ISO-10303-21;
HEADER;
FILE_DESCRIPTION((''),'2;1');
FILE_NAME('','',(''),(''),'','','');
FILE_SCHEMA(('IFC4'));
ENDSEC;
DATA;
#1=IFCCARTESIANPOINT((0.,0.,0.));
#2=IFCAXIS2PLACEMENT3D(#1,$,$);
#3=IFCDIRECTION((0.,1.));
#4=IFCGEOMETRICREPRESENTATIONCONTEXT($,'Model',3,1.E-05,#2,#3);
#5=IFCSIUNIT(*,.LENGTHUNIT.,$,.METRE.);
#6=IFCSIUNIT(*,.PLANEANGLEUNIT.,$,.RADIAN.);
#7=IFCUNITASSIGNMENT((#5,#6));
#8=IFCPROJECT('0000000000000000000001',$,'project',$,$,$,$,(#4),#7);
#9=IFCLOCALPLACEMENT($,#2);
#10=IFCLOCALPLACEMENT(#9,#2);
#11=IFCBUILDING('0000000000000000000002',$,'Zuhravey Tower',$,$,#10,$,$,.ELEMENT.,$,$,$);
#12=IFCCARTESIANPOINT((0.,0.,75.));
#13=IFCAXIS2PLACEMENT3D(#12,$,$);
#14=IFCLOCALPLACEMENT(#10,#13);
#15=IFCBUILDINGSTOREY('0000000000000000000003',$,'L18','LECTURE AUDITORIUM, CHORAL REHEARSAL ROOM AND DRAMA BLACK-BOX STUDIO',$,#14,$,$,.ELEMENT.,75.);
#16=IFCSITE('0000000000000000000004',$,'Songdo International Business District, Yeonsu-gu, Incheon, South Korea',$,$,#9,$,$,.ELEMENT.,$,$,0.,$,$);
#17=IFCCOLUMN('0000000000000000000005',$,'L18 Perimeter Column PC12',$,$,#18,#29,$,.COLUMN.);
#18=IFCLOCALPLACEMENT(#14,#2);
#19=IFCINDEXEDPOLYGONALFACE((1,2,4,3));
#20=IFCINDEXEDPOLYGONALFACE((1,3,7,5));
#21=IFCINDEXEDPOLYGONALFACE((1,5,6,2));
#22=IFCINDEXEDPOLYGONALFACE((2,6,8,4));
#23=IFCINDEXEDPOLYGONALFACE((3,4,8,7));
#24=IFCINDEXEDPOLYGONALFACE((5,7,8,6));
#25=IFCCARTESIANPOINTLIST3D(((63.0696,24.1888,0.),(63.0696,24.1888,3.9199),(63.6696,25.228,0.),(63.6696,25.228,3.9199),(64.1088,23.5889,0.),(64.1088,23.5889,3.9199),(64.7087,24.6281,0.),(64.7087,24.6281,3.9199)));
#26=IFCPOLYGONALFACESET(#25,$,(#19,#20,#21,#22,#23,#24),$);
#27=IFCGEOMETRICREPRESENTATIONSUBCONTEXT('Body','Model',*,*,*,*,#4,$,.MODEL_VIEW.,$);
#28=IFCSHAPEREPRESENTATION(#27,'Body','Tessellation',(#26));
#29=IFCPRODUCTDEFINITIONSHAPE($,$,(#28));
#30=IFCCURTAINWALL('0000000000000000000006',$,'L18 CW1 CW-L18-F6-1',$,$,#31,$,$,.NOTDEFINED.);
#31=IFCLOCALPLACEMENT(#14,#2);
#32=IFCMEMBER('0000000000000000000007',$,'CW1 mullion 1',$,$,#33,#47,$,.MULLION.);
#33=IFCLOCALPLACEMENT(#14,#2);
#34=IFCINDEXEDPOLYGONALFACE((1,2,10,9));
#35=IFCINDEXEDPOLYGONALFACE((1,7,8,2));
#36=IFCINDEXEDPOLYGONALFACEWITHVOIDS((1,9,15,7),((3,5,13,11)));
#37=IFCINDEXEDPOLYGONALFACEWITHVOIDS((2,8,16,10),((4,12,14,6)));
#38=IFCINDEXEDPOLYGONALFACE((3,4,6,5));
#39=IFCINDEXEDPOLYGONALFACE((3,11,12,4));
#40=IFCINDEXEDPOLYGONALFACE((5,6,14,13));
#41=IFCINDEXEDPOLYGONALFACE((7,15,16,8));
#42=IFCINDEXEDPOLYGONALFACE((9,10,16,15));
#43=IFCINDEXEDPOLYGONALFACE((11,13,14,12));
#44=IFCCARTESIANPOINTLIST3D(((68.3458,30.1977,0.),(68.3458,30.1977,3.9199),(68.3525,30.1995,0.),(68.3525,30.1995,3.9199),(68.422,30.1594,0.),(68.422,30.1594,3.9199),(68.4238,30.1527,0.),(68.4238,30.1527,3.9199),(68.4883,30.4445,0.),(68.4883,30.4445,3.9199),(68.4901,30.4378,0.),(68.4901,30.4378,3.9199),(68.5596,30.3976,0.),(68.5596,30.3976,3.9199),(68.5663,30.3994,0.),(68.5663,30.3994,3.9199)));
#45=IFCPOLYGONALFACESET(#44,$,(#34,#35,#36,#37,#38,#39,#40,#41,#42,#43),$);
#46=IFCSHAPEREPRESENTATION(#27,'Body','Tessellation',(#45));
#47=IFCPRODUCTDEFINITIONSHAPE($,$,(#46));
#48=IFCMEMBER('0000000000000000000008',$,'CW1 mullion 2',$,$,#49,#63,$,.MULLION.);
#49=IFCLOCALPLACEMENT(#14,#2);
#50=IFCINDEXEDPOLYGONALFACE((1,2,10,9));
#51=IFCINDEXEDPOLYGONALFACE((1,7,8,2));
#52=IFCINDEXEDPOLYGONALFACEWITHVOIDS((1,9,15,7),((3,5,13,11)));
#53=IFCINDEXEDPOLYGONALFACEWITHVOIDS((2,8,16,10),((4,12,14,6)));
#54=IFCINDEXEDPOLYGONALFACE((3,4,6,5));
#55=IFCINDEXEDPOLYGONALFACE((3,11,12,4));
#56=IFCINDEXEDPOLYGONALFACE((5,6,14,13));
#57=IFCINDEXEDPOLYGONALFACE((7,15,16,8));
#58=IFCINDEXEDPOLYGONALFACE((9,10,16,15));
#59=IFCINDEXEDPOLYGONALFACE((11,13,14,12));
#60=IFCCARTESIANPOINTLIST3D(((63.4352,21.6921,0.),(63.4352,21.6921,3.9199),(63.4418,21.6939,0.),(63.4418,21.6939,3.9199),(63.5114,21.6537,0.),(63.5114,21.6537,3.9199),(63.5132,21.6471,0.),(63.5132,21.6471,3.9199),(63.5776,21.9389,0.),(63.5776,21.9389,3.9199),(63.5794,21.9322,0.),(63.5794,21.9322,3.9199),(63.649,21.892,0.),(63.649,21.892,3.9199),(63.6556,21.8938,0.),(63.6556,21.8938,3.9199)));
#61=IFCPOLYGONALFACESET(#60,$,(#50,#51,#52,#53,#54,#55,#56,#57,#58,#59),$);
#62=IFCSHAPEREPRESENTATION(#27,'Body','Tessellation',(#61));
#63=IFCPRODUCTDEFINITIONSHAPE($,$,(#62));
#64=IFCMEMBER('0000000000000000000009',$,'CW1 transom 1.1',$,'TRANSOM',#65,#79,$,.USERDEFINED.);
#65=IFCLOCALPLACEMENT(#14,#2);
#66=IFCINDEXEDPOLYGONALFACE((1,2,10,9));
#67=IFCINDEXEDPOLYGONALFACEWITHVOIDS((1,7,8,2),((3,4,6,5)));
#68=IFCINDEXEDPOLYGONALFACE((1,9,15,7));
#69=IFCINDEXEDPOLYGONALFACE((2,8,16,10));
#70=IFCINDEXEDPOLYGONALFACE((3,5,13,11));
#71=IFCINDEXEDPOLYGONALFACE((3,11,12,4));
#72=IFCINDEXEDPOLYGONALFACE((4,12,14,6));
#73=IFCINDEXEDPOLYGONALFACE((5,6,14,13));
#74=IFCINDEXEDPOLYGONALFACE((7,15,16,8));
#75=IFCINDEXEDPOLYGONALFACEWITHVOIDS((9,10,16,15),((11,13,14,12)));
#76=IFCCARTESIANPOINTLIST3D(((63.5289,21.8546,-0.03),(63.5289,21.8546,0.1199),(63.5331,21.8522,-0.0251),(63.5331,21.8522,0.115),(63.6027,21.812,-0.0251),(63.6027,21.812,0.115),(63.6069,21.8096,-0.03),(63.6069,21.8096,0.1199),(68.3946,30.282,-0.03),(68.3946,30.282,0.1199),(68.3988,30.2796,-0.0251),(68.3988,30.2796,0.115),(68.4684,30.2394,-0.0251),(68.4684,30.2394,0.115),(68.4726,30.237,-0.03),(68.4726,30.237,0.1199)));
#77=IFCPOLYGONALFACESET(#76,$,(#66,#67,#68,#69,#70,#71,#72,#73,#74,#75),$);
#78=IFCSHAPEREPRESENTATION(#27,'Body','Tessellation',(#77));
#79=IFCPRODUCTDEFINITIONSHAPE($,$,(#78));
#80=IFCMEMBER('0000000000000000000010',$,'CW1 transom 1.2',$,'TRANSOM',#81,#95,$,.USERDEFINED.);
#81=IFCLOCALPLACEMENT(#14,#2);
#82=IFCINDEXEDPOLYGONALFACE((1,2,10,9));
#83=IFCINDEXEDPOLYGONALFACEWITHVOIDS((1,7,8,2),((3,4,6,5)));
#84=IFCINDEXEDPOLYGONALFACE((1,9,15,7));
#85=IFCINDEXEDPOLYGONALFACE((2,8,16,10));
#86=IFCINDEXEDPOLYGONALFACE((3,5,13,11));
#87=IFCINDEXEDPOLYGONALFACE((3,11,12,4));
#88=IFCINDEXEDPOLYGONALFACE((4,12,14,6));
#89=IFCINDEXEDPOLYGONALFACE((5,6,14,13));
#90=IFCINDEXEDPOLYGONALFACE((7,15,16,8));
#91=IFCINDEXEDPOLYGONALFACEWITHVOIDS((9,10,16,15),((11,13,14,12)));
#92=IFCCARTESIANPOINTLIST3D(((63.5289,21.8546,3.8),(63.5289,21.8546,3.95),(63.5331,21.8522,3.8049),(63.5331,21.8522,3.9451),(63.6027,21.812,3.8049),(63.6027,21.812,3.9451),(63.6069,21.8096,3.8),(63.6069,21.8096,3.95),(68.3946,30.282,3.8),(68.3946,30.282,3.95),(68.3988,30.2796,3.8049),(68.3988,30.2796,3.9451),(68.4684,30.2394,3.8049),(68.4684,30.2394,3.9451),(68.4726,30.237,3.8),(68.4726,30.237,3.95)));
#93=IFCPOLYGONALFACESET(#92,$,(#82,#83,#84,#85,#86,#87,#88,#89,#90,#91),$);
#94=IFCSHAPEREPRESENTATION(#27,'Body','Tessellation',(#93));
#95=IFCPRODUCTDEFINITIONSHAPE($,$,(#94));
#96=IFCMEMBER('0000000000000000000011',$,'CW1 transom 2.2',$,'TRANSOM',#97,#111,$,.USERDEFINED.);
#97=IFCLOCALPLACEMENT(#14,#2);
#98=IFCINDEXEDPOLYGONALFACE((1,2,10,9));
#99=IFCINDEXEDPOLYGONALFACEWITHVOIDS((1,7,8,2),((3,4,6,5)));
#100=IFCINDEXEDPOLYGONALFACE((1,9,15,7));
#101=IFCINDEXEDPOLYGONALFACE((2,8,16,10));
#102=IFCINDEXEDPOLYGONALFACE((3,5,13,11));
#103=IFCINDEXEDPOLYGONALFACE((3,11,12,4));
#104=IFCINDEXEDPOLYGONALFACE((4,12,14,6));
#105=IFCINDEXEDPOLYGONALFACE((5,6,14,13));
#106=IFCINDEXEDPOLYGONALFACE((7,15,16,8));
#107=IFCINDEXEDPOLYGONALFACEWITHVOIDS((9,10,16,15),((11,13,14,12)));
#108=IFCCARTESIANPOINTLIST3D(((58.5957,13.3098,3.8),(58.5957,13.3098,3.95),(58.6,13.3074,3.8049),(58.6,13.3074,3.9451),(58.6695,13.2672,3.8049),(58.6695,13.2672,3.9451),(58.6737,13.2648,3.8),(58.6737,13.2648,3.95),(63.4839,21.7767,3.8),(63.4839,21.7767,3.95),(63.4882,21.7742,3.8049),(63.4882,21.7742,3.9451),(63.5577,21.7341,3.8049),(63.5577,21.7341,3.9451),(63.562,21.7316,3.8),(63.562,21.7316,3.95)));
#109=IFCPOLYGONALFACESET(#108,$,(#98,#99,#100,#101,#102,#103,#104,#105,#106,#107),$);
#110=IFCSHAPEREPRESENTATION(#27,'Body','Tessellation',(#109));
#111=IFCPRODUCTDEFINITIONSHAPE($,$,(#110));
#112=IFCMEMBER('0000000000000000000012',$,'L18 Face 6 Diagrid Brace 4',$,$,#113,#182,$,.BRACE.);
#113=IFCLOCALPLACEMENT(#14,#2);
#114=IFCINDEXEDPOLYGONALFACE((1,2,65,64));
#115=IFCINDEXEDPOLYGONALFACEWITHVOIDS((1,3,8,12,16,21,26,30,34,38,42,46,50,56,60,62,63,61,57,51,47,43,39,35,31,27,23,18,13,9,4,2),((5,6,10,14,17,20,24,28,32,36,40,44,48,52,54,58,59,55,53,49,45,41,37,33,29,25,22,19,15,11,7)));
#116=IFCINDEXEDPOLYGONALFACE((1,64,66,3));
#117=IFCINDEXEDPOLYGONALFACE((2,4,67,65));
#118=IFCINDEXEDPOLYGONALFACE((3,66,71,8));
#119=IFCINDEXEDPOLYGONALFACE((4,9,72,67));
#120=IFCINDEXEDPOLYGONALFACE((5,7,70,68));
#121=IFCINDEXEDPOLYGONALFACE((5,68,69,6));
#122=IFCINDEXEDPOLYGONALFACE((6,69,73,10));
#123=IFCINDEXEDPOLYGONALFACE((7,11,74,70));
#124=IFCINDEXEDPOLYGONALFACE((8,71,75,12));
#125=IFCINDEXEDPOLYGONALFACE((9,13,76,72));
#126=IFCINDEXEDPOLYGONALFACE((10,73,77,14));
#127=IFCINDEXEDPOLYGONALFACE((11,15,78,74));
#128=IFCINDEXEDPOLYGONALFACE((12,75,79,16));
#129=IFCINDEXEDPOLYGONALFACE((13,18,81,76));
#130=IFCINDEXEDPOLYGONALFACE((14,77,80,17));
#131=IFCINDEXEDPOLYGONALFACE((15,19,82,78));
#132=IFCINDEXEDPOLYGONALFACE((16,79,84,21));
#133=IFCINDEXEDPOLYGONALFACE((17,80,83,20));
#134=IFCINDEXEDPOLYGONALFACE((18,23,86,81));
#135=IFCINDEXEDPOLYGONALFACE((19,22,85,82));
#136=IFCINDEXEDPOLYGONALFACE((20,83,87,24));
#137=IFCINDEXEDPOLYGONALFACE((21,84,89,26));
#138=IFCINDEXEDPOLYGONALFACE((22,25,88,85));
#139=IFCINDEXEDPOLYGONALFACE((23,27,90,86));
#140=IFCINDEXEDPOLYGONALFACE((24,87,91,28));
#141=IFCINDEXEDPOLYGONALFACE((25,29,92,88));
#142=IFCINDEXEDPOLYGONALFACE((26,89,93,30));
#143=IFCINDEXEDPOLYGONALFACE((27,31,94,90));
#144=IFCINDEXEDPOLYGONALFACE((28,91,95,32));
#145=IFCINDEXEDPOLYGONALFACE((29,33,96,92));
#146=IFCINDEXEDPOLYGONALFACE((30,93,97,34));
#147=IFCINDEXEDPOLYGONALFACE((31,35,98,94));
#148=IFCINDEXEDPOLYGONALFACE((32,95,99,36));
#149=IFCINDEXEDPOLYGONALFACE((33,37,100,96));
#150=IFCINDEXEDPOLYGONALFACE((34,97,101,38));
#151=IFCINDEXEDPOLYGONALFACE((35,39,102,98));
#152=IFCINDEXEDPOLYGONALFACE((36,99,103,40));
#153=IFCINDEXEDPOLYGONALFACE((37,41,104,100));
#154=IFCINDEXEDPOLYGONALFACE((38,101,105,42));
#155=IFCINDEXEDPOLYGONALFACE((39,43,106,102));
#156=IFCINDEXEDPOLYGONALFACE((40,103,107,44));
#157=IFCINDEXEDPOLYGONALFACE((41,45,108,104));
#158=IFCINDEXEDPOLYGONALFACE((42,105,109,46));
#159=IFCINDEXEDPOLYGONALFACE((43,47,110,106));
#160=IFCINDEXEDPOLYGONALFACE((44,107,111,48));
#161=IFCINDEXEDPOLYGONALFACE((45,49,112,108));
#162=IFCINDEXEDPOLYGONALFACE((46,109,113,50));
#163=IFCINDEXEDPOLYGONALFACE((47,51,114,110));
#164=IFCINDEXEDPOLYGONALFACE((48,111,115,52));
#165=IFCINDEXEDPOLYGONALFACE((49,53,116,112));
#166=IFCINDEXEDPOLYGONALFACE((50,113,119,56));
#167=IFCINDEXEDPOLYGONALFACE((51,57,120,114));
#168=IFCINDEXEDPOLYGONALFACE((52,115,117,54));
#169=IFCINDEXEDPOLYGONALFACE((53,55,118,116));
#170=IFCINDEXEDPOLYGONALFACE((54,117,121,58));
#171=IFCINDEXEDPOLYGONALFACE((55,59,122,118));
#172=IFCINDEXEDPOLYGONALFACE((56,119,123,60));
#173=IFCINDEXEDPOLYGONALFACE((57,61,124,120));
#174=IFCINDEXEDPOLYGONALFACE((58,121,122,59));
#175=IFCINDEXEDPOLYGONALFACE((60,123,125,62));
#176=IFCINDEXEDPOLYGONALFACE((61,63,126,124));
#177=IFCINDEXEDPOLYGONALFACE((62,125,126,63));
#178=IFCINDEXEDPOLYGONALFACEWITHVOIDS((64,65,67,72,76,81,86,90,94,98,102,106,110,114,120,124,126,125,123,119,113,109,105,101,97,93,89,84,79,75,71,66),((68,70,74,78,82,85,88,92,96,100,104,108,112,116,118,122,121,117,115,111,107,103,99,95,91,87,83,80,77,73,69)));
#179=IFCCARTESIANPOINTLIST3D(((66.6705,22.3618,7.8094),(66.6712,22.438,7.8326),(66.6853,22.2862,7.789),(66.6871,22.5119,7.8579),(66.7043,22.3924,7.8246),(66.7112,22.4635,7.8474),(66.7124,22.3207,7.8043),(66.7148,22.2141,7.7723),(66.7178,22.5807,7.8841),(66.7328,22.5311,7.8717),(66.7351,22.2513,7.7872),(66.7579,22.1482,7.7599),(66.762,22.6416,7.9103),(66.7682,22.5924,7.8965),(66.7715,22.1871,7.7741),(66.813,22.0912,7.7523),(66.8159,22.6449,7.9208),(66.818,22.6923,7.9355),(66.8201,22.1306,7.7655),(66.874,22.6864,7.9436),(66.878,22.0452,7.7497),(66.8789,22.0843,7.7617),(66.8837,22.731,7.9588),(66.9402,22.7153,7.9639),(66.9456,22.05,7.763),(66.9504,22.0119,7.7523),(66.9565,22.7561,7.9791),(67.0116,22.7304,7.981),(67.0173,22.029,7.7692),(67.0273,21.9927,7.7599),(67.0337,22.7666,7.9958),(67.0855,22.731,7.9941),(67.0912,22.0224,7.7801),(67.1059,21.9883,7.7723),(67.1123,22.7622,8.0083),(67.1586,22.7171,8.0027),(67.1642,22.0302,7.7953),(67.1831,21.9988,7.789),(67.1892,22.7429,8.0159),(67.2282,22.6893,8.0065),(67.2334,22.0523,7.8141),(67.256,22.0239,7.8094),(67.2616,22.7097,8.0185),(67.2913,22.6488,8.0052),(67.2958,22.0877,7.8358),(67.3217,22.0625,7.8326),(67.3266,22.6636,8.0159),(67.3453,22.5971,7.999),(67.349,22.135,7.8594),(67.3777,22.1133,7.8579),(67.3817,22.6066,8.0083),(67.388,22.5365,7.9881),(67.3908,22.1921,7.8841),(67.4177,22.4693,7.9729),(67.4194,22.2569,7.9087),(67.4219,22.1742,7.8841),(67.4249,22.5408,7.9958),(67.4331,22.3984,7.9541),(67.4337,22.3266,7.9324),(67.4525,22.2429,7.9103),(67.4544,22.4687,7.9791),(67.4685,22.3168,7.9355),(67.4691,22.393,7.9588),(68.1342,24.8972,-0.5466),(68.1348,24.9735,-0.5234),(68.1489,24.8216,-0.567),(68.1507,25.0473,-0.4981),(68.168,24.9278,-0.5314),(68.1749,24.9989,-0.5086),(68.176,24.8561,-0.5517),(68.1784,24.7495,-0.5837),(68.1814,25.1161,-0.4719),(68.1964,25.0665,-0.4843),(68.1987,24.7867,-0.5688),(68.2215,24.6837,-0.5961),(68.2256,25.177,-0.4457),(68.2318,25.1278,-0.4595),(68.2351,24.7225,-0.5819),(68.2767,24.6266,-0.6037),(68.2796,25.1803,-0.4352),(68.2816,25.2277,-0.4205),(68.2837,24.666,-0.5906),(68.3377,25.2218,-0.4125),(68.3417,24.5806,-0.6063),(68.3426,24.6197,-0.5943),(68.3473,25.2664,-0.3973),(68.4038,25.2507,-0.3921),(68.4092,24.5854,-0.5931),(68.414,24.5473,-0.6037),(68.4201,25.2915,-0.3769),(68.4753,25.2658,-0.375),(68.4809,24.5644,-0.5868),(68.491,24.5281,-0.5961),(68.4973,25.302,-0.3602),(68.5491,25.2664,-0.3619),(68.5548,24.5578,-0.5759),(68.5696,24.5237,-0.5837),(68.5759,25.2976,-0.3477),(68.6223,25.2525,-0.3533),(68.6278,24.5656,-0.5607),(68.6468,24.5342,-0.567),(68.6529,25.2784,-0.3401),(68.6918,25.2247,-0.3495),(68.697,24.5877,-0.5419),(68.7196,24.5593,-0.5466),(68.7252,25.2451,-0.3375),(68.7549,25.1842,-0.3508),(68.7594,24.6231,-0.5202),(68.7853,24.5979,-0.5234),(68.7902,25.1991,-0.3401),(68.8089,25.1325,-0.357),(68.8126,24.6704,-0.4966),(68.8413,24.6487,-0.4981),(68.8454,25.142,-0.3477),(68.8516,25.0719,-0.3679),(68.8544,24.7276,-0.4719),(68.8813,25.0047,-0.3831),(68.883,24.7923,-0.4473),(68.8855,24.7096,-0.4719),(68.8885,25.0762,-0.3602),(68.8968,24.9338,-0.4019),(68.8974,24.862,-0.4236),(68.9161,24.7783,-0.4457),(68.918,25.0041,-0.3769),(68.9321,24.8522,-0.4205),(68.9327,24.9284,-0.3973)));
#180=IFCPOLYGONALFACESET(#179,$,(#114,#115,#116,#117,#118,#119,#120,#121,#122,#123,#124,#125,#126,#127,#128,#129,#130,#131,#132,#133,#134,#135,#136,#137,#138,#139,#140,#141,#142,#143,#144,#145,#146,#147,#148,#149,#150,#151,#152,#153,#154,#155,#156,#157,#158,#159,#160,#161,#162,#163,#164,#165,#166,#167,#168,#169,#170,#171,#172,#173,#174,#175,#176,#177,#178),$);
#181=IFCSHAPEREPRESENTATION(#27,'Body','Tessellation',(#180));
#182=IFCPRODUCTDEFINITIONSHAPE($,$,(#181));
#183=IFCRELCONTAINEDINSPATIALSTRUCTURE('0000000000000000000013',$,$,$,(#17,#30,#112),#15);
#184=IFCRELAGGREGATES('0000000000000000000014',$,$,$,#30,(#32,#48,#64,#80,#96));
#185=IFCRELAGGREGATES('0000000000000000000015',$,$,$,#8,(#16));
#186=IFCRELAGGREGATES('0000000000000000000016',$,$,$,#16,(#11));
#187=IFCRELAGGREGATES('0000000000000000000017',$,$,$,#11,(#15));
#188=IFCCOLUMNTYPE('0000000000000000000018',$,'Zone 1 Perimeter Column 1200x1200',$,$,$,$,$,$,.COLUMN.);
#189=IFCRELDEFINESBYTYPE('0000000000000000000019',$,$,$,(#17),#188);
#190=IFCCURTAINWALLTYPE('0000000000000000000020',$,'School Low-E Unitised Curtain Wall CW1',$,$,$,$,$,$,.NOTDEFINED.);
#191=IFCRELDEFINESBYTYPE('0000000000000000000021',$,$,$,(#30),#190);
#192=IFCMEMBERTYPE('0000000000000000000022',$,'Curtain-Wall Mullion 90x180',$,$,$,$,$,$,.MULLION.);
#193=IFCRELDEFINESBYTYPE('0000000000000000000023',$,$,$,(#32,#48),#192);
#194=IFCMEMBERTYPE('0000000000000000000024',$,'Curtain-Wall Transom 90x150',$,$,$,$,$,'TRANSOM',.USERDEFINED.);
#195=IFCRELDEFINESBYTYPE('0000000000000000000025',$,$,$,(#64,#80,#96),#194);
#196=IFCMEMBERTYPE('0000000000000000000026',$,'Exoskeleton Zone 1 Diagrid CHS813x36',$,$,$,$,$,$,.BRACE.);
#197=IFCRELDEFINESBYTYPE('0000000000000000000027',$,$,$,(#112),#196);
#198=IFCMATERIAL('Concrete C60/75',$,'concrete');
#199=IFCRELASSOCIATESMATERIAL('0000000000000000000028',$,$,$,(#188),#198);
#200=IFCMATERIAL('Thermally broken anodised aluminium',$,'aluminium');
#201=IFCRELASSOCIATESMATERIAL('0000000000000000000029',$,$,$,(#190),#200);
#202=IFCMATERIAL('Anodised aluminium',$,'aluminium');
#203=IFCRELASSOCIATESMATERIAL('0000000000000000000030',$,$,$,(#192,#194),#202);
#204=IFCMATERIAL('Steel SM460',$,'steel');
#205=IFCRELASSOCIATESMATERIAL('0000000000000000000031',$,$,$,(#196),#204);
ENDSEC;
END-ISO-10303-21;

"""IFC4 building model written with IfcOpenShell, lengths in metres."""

from ifc_helpers import new_model, si_unit, direction, frame, origin, origin_2d, place, context, subcontext, project, spatial, rectangle, hollow_rectangle, hollow_circle, extrude, material, material_profile, profile_set, type_object, element, aggregate, save


model = new_model("IFC4")

# Units and contexts
model_context = context("Model", 3, precision=1e-05, world=origin(), true_north=direction((0.0, 1.0)))
body_context = subcontext(model_context, "Body", "Model", "MODEL_VIEW")
ifc_project = project(units=[si_unit("LENGTHUNIT", "METRE"), si_unit("PLANEANGLEUNIT", "RADIAN")], contexts=[model_context])

# Site, building, storey
site_placement = place(None, origin())
site = spatial("IfcSite", under=ifc_project, at=site_placement, Name="Songdo International Business District, Yeonsu-gu, Incheon, South Korea", CompositionType="ELEMENT", RefElevation=0.0)
building_placement = place(site_placement, origin())
building = spatial("IfcBuilding", under=site, at=building_placement, Name="Zuhravey Tower", CompositionType="ELEMENT")
storey_placement = place(building_placement, frame((0.0, 0.0, 75.0)))
storey = spatial("IfcBuildingStorey", under=building, at=storey_placement, Name="L18", Description="LECTURE AUDITORIUM, CHORAL REHEARSAL ROOM AND DRAMA BLACK-BOX STUDIO", CompositionType="ELEMENT", Elevation=75.0)

# Column
ifc_material_1 = material(Name="Concrete C60/75", Category="concrete")
ifc_material_profile_1 = material_profile(ifc_material_1, rectangle(XDim=1.2, YDim=1.2, at=origin_2d()), Name="RC-1200x1200")
ifc_profile_set_1 = profile_set([ifc_material_profile_1], Name="Concrete C60/75")
column_type = type_object("IfcColumnType", Name="Zone 1 Perimeter Column 1200x1200", PredefinedType="COLUMN", material=ifc_profile_set_1)
column_placement = place(storey_placement, frame((63.8892, 24.4084, 0.0), z_axis=(0.0, 0.0, 1.0), x_axis=(0.5, 0.866025, 0.0)))
element("IfcColumn", 1, at=column_placement, inside=storey, type_object=column_type, Name="L18 Perimeter Column PC12", PredefinedType="COLUMN", context=body_context, shape_type="SweptSolid", body=[
    extrude(rectangle(XDim=1.2, YDim=1.2, at=origin_2d()), origin(), (0.0, 0.0, 1.0), 3.9199),
])

# Curtain wall, members
ifc_material_2 = material(Name="Thermally broken anodised aluminium", Category="aluminium")
curtain_wall_type = type_object("IfcCurtainWallType", Name="School Low-E Unitised Curtain Wall CW1", PredefinedType="NOTDEFINED", material=ifc_material_2)
curtain_wall_placement = place(storey_placement, origin())
curtain_wall = element("IfcCurtainWall", 2, at=curtain_wall_placement, inside=storey, type_object=curtain_wall_type, Name="L18 CW1 CW-L18-F6-1", PredefinedType="NOTDEFINED")
ifc_material_3 = material(Name="Anodised aluminium", Category="aluminium")
ifc_material_profile_2 = material_profile(ifc_material_3, hollow_rectangle(XDim=0.0901, YDim=0.2849, WallThickness=0.0049, at=origin_2d()), Name="ALU-RHS-90x285x5")
ifc_profile_set_2 = profile_set([ifc_material_profile_2], Name="Anodised aluminium")
member_type_1 = type_object("IfcMemberType", Name="Curtain-Wall Mullion 90x180", PredefinedType="MULLION", material=ifc_profile_set_2)
member_1_placement = place(storey_placement, frame((68.4561, 30.2986, 0.0), z_axis=(0.0, 0.0, 1.0), x_axis=(0.866026, -0.5, 0.0)))
member_1 = element("IfcMember", 3, at=member_1_placement, type_object=member_type_1, Name="CW1 mullion 1", PredefinedType="MULLION", context=body_context, shape_type="SweptSolid", body=[
    extrude(hollow_rectangle(XDim=0.0901, YDim=0.2849, WallThickness=0.0049, at=origin_2d()), origin(), (0.0, 0.0, 1.0), 3.9199),
])
member_2_placement = place(storey_placement, frame((63.5454, 21.793, 0.0), z_axis=(0.0, 0.0, 1.0), x_axis=(0.866026, -0.5, 0.0)))
member_2 = element("IfcMember", 4, at=member_2_placement, type_object=member_type_1, Name="CW1 mullion 2", PredefinedType="MULLION", context=body_context, shape_type="SweptSolid", body=[
    extrude(hollow_rectangle(XDim=0.0901, YDim=0.2849, WallThickness=0.0049, at=origin_2d()), origin(), (0.0, 0.0, 1.0), 3.9199),
])
ifc_material_profile_3 = material_profile(ifc_material_3, hollow_rectangle(XDim=0.0901, YDim=0.1499, WallThickness=0.0049, at=origin_2d()), Name="ALU-RHS-90x150x5")
ifc_profile_set_3 = profile_set([ifc_material_profile_3], Name="Anodised aluminium")
member_type_2 = type_object("IfcMemberType", Name="Curtain-Wall Transom 90x150", ElementType="TRANSOM", PredefinedType="USERDEFINED", material=ifc_profile_set_3)
member_3_placement = place(storey_placement, frame((68.4336, 30.2595, 0.0449), z_axis=(-0.500008, -0.866021, 0.0), x_axis=(0.866021, -0.500008, 0.0)))
member_3 = element("IfcMember", 5, at=member_3_placement, type_object=member_type_2, Name="CW1 transom 1.1", ObjectType="TRANSOM", PredefinedType="USERDEFINED", context=body_context, shape_type="SweptSolid", body=[
    extrude(hollow_rectangle(XDim=0.0901, YDim=0.1499, WallThickness=0.0049, at=origin_2d()), origin(), (0.0, 0.0, 1.0), 9.7312),
])
member_4_placement = place(storey_placement, frame((68.4336, 30.2595, 3.875), z_axis=(-0.500008, -0.866021, 0.0), x_axis=(0.866021, -0.500008, 0.0)))
member_4 = element("IfcMember", 6, at=member_4_placement, type_object=member_type_2, Name="CW1 transom 1.2", ObjectType="TRANSOM", PredefinedType="USERDEFINED", context=body_context, shape_type="SweptSolid", body=[
    extrude(hollow_rectangle(XDim=0.0901, YDim=0.1499, WallThickness=0.0049, at=origin_2d()), origin(), (0.0, 0.0, 1.0), 9.7312),
])
member_5_placement = place(storey_placement, frame((63.5229, 21.7542, 3.875), z_axis=(-0.49999, -0.866031, 0.0), x_axis=(0.866031, -0.49999, 0.0)))
member_5 = element("IfcMember", 7, at=member_5_placement, type_object=member_type_2, Name="CW1 transom 2.2", ObjectType="TRANSOM", PredefinedType="USERDEFINED", context=body_context, shape_type="SweptSolid", body=[
    extrude(hollow_rectangle(XDim=0.0901, YDim=0.1499, WallThickness=0.0049, at=origin_2d()), origin(), (0.0, 0.0, 1.0), 9.7766),
])

# Member
ifc_material_4 = material(Name="Steel SM460", Category="steel")
ifc_material_profile_4 = material_profile(ifc_material_4, hollow_circle(Radius=0.4065, WallThickness=0.0359, at=origin_2d()), Name="CHS-812.8x36")
ifc_profile_set_4 = profile_set([ifc_material_profile_4], Name="Steel SM460")
member_type_3 = type_object("IfcMemberType", Name="Exoskeleton Zone 1 Diagrid CHS813x36", PredefinedType="BRACE", material=ifc_profile_set_4)
member_6_placement = place(storey_placement, frame((68.5334, 24.9128, -0.4719), z_axis=(-0.165307, -0.286358, 0.943755), x_axis=(0.866054, -0.499951, 0.0)))
element("IfcMember", 8, at=member_6_placement, inside=storey, type_object=member_type_3, Name="L18 Face 6 Diagrid Brace 4", PredefinedType="BRACE", context=body_context, shape_type="SweptSolid", body=[
    extrude(hollow_circle(Radius=0.4065, WallThickness=0.0359, at=origin_2d()), origin(), (0.0, 0.0, 1.0), 8.854),
])

aggregate(curtain_wall, [member_1, member_2, member_3, member_4, member_5])

save(model, "model.ifc")
